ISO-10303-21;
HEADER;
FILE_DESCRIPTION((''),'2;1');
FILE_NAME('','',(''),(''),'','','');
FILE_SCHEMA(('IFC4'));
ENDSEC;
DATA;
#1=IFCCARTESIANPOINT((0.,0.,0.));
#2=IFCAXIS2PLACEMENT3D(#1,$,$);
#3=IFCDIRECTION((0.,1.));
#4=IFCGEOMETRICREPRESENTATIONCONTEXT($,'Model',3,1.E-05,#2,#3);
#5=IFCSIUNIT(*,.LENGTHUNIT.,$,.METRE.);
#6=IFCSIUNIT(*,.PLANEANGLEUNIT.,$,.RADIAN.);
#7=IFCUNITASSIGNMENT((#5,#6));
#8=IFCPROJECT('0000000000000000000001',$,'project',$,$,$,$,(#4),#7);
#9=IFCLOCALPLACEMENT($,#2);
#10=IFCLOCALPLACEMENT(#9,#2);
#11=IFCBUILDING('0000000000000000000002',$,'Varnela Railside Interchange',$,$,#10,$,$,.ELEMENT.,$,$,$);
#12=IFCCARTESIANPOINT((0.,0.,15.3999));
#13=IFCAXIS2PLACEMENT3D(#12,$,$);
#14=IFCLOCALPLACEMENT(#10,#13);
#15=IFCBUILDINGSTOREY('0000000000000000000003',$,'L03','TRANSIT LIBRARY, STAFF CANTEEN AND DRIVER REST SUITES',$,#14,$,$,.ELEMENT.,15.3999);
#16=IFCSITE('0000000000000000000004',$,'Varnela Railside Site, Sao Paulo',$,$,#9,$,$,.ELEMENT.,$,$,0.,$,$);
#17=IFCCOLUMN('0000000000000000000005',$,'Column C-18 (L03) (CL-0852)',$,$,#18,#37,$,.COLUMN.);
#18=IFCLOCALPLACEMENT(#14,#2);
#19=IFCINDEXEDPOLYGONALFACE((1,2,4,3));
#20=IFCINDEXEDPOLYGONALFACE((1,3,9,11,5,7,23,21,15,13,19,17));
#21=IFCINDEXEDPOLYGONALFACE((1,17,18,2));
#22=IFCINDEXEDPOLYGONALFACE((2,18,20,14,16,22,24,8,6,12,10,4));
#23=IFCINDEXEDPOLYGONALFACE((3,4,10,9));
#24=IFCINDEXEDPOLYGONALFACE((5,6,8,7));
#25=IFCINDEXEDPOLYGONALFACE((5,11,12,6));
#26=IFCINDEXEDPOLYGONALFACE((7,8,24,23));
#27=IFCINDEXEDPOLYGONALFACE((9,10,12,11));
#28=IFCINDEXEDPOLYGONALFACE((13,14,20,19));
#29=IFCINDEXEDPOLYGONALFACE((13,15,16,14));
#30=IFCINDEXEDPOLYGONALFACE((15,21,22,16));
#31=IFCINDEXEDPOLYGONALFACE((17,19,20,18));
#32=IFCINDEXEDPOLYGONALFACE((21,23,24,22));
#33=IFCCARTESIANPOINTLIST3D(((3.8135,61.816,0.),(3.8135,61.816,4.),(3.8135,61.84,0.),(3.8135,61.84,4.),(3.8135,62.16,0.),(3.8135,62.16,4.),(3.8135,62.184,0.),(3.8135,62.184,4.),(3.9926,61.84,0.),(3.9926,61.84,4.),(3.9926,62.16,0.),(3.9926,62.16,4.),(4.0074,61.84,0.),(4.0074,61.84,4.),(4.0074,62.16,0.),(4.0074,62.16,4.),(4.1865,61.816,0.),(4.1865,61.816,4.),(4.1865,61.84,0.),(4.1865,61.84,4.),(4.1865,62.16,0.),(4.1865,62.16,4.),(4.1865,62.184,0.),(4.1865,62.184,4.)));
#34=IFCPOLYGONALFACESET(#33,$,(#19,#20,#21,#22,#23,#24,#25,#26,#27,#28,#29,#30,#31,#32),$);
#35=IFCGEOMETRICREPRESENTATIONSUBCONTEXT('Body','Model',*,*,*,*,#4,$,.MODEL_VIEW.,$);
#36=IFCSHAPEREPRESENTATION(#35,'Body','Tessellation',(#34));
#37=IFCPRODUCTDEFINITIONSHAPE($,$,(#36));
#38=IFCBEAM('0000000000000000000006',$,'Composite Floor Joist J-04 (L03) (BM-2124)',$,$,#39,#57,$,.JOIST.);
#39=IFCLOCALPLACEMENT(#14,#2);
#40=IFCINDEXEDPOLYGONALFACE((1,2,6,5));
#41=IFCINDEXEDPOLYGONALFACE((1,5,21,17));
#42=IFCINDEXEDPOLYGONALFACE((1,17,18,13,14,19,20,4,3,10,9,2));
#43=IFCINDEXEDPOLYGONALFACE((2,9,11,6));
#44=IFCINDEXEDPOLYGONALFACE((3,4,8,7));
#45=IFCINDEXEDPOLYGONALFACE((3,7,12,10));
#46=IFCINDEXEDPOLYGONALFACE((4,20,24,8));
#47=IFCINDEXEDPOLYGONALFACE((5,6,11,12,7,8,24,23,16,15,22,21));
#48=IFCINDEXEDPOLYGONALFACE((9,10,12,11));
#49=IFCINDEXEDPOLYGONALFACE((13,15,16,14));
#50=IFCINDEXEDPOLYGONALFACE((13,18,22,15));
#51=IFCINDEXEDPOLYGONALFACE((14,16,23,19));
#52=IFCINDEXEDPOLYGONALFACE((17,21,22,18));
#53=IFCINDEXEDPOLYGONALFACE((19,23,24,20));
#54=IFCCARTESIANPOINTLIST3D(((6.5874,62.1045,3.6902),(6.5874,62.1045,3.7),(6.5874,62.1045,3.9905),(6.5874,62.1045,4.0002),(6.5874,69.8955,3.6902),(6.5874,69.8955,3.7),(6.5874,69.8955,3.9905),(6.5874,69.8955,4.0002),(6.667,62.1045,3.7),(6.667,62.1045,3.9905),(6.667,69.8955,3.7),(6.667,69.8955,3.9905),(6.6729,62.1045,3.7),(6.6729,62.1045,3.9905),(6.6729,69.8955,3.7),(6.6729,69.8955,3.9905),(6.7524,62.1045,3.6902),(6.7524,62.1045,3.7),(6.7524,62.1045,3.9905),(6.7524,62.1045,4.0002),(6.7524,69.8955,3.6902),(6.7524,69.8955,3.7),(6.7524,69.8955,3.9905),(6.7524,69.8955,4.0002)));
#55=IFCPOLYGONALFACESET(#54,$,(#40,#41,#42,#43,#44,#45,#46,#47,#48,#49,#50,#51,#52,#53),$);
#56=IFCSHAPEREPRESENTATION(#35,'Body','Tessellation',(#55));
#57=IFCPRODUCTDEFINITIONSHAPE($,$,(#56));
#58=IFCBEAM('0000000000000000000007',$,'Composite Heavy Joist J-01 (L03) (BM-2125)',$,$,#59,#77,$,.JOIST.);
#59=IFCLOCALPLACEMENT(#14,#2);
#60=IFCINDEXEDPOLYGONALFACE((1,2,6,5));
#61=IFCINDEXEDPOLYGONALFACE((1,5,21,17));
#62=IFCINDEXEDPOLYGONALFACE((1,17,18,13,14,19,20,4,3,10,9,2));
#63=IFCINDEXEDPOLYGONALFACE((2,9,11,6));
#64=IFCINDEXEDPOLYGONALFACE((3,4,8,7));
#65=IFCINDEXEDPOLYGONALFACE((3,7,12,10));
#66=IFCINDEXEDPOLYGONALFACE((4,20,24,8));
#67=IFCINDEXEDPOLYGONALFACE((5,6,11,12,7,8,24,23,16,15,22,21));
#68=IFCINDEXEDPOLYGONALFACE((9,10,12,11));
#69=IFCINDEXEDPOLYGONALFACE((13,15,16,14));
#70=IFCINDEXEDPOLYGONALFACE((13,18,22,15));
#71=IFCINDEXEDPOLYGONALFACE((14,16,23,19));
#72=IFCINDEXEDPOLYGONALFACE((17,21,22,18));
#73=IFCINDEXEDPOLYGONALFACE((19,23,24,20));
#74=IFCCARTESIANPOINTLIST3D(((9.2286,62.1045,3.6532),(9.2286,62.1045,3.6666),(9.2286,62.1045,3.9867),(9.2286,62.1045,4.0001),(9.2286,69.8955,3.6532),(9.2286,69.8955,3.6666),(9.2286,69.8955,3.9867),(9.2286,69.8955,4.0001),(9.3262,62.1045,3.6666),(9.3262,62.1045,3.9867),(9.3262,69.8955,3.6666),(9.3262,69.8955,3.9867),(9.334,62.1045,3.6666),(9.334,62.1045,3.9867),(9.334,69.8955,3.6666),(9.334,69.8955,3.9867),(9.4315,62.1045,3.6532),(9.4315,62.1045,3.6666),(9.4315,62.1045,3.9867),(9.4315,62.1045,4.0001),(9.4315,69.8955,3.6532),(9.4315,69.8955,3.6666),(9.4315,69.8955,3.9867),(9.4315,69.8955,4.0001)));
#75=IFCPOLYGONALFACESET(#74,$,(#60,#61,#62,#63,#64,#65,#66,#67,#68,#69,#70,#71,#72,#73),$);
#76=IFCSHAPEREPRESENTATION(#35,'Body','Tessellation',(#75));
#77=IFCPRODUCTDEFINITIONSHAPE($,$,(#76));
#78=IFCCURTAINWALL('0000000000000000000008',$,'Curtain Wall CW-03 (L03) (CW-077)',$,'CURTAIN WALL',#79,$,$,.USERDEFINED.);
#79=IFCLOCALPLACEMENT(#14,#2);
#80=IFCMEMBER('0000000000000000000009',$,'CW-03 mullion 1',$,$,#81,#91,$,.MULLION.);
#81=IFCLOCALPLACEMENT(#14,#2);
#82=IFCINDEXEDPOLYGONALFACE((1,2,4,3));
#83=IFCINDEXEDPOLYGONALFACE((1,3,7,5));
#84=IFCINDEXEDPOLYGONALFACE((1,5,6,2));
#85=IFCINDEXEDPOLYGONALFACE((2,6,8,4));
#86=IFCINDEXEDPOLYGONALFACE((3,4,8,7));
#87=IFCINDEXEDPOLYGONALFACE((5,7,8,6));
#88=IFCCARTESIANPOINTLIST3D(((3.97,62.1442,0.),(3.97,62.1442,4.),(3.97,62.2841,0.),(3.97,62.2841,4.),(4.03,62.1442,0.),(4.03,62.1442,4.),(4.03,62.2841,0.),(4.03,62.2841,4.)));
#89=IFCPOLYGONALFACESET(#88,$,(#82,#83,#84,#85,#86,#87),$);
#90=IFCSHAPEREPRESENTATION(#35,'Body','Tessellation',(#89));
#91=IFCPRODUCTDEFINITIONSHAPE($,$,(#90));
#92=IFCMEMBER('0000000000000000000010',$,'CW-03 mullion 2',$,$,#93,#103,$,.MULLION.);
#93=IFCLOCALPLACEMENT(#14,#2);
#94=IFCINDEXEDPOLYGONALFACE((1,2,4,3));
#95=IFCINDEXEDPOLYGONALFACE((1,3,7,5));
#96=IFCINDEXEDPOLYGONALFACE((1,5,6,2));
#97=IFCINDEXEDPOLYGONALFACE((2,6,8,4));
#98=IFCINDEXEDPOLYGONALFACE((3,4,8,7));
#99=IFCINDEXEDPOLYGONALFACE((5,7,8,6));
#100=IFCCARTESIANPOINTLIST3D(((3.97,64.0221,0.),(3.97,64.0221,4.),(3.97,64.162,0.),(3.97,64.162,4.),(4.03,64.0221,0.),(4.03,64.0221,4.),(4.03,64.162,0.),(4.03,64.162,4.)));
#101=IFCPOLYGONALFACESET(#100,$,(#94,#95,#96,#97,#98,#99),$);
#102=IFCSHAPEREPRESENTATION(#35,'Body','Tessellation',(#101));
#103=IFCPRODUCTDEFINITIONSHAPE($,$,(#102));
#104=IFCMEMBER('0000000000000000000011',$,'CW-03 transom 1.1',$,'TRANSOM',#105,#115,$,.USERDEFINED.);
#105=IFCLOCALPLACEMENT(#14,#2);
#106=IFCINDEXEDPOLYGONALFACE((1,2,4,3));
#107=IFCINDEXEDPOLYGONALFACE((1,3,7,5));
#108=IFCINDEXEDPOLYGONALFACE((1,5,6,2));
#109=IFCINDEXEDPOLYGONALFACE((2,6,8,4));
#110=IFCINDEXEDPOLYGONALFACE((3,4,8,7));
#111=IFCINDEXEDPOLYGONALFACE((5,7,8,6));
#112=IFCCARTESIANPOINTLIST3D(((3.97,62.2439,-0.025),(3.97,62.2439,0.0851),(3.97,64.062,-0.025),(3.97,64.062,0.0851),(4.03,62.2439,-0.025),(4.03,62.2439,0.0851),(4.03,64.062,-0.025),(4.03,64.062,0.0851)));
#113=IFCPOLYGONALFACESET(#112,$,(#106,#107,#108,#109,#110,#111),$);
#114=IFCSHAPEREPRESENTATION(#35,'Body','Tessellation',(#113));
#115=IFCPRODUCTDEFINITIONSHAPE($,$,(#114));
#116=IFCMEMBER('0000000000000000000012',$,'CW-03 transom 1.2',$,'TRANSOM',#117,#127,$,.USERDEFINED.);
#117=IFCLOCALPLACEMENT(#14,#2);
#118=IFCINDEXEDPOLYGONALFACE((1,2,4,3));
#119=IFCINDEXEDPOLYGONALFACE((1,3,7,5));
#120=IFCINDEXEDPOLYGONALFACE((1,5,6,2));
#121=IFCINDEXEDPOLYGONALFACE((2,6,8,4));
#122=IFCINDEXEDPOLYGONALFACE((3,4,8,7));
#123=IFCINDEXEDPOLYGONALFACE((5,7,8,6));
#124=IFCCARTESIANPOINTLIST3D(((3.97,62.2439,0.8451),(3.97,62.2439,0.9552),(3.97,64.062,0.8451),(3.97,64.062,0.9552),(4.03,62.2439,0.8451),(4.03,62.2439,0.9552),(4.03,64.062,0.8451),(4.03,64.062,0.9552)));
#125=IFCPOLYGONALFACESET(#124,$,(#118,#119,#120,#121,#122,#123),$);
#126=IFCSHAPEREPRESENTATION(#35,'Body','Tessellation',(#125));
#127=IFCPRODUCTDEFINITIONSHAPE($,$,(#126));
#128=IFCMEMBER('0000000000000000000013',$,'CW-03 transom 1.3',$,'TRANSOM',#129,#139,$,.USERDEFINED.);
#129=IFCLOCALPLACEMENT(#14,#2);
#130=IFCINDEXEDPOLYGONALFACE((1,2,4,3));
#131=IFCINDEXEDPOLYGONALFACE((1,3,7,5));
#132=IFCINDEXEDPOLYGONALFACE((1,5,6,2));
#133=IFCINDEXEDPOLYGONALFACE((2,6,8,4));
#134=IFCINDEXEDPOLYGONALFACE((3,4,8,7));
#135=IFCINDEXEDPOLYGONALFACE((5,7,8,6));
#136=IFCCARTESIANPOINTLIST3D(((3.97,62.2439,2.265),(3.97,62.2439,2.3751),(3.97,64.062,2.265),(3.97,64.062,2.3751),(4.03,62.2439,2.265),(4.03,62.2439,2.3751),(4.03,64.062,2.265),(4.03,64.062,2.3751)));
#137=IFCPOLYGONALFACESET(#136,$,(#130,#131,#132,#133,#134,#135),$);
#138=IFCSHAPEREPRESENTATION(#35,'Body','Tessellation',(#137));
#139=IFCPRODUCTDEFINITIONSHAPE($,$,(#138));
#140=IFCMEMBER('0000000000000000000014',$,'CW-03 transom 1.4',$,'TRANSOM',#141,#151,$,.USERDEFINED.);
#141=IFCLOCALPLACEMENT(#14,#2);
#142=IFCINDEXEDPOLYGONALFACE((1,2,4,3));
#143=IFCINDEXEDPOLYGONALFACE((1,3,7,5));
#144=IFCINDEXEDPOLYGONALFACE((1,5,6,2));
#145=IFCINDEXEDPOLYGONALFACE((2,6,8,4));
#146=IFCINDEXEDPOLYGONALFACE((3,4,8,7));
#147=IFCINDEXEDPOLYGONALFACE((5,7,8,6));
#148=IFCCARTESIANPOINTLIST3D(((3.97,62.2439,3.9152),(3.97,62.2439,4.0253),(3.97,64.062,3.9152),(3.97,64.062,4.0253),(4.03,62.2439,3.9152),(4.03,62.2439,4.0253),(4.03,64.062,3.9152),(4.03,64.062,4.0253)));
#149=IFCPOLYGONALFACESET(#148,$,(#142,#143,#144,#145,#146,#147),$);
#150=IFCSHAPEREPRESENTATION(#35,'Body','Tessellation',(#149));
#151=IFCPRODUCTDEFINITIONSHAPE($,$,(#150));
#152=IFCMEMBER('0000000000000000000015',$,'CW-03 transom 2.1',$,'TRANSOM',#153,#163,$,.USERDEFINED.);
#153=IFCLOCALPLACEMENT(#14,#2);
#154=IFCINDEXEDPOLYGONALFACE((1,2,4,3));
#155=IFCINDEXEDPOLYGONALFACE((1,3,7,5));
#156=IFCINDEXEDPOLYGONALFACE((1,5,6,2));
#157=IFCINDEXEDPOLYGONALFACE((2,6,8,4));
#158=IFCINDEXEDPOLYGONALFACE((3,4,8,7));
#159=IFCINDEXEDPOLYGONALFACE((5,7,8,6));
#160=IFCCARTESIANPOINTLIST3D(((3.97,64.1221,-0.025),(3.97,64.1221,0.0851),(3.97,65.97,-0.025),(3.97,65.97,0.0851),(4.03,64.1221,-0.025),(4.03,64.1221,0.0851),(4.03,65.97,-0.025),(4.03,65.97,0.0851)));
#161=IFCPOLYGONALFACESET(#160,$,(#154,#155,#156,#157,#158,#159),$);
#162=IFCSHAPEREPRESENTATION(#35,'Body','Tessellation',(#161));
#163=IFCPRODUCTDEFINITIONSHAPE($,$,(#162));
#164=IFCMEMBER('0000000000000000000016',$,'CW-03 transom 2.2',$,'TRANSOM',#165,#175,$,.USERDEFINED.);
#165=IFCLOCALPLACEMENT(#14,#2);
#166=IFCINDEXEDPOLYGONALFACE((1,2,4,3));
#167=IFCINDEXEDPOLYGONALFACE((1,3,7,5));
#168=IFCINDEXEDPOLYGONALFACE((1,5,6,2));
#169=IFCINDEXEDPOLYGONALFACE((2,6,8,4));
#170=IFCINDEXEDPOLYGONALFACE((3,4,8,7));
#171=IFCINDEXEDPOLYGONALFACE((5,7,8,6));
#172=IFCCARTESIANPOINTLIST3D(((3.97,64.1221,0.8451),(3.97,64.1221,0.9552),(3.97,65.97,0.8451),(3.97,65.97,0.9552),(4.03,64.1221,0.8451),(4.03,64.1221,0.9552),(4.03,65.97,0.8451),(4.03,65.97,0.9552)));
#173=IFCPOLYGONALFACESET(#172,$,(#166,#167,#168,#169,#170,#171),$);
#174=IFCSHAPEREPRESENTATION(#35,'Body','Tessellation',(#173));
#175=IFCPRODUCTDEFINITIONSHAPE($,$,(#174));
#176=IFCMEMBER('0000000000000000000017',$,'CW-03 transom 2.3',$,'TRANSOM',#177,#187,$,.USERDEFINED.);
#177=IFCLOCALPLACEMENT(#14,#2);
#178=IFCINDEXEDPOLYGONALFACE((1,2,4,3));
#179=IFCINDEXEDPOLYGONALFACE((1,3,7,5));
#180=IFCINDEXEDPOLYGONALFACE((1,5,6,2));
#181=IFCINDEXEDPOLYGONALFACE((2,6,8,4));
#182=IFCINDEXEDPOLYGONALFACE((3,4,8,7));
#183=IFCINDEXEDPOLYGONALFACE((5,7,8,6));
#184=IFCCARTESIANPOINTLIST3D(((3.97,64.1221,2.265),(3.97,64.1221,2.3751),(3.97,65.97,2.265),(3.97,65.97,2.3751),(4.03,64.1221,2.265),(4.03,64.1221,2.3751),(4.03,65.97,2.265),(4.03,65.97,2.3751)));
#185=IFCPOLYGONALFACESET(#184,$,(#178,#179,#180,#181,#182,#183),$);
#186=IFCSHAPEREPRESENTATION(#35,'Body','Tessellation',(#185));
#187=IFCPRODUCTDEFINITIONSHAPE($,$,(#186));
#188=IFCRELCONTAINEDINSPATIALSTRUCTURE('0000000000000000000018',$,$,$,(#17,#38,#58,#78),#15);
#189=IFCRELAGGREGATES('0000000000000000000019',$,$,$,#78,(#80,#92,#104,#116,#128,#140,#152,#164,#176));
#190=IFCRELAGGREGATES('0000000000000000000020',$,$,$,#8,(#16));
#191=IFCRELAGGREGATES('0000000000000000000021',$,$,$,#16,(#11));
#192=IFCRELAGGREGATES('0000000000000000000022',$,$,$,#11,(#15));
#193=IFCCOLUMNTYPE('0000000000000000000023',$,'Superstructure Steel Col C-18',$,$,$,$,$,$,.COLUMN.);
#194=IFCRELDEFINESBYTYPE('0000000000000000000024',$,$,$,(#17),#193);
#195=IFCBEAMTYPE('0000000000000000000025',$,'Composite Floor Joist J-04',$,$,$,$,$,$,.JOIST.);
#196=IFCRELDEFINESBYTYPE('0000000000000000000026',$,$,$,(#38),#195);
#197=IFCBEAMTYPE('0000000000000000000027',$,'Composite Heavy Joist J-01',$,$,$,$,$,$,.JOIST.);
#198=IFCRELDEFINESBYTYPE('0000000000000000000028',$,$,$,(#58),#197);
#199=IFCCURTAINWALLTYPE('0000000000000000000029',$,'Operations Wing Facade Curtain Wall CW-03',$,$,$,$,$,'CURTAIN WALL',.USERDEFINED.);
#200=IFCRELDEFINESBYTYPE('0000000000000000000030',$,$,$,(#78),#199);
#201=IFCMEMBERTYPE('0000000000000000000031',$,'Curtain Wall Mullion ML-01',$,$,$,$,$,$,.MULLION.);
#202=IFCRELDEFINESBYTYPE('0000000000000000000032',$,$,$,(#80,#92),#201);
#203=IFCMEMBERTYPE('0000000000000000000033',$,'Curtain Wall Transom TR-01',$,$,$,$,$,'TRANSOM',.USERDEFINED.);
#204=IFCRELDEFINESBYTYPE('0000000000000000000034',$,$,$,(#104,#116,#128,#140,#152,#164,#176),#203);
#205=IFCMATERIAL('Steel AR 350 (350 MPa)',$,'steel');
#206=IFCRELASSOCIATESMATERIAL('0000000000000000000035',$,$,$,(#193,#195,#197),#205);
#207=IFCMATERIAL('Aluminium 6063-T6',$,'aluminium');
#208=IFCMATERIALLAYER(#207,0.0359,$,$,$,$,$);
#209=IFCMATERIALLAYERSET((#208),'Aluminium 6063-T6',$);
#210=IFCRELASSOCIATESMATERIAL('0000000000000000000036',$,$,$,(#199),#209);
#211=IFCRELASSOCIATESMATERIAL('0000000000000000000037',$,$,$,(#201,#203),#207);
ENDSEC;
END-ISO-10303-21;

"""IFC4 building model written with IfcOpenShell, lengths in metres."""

from ifc_helpers import new_model, si_unit, direction, frame, origin, origin_2d, place, context, subcontext, project, spatial, rectangle, i_section, extrude, material, layer, layer_set, material_profile, profile_set, type_object, element, aggregate, save


model = new_model("IFC4")

# Units and contexts
model_context = context("Model", 3, precision=1e-05, world=origin(), true_north=direction((0.0, 1.0)))
body_context = subcontext(model_context, "Body", "Model", "MODEL_VIEW")
ifc_project = project(units=[si_unit("LENGTHUNIT", "METRE"), si_unit("PLANEANGLEUNIT", "RADIAN")], contexts=[model_context])

# Site, building, storey
site_placement = place(None, origin())
site = spatial("IfcSite", under=ifc_project, at=site_placement, Name="Varnela Railside Site, Sao Paulo", CompositionType="ELEMENT", RefElevation=0.0)
building_placement = place(site_placement, origin())
building = spatial("IfcBuilding", under=site, at=building_placement, Name="Varnela Railside Interchange", CompositionType="ELEMENT")
storey_placement = place(building_placement, frame((0.0, 0.0, 15.3999)))
storey = spatial("IfcBuildingStorey", under=building, at=storey_placement, Name="L03", Description="TRANSIT LIBRARY, STAFF CANTEEN AND DRIVER REST SUITES", CompositionType="ELEMENT", Elevation=15.3999)

# Column
ifc_material_1 = material(Name="Steel AR 350 (350 MPa)", Category="steel")
ifc_material_profile_1 = material_profile(ifc_material_1, i_section(OverallWidth=0.373, OverallDepth=0.3679, WebThickness=0.0149, FlangeThickness=0.0239, at=origin_2d()), Name="W360x179")
ifc_profile_set_1 = profile_set([ifc_material_profile_1], Name="Steel AR 350 (350 MPa)")
column_type = type_object("IfcColumnType", Name="Superstructure Steel Col C-18", PredefinedType="COLUMN", material=ifc_profile_set_1)
column_placement = place(storey_placement, frame((4.0, 62.0, 0.0), z_axis=(0.0, 0.0, 1.0), x_axis=(1.0, 0.0, 0.0)))
element("IfcColumn", 1, at=column_placement, inside=storey, type_object=column_type, Name="Column C-18 (L03) (CL-0852)", PredefinedType="COLUMN", context=body_context, shape_type="SweptSolid", body=[
    extrude(i_section(OverallWidth=0.373, OverallDepth=0.3679, WebThickness=0.0149, FlangeThickness=0.0239, at=origin_2d()), origin(), (0.0, 0.0, 1.0), 4.0),
])

# Beams
ifc_material_profile_2 = material_profile(ifc_material_1, i_section(OverallWidth=0.165, OverallDepth=0.3101, WebThickness=0.0059, FlangeThickness=0.0098, at=origin_2d()), Name="W310x38.7")
ifc_profile_set_2 = profile_set([ifc_material_profile_2], Name="Steel AR 350 (350 MPa)")
beam_type_1 = type_object("IfcBeamType", Name="Composite Floor Joist J-04", PredefinedType="JOIST", material=ifc_profile_set_2)
beam_1_placement = place(storey_placement, frame((6.6699, 62.1045, 3.8452), z_axis=(0.0, 1.0, 0.0), x_axis=(-1.0, 0.0, 0.0)))
element("IfcBeam", 2, at=beam_1_placement, inside=storey, type_object=beam_type_1, Name="Composite Floor Joist J-04 (L03) (BM-2124)", PredefinedType="JOIST", context=body_context, shape_type="SweptSolid", body=[
    extrude(i_section(OverallWidth=0.165, OverallDepth=0.3101, WebThickness=0.0059, FlangeThickness=0.0098, at=origin_2d()), origin(), (0.0, 0.0, 1.0), 7.791),
])
ifc_material_profile_3 = material_profile(ifc_material_1, i_section(OverallWidth=0.2029, OverallDepth=0.3469, WebThickness=0.0078, FlangeThickness=0.0134, at=origin_2d()), Name="W360x64")
ifc_profile_set_3 = profile_set([ifc_material_profile_3], Name="Steel AR 350 (350 MPa)")
beam_type_2 = type_object("IfcBeamType", Name="Composite Heavy Joist J-01", PredefinedType="JOIST", material=ifc_profile_set_3)
beam_2_placement = place(storey_placement, frame((9.3301, 62.1045, 3.8267), z_axis=(0.0, 1.0, 0.0), x_axis=(-1.0, 0.0, 0.0)))
element("IfcBeam", 3, at=beam_2_placement, inside=storey, type_object=beam_type_2, Name="Composite Heavy Joist J-01 (L03) (BM-2125)", PredefinedType="JOIST", context=body_context, shape_type="SweptSolid", body=[
    extrude(i_section(OverallWidth=0.2029, OverallDepth=0.3469, WebThickness=0.0078, FlangeThickness=0.0134, at=origin_2d()), origin(), (0.0, 0.0, 1.0), 7.791),
])

# Curtain wall, members
ifc_material_2 = material(Name="Aluminium 6063-T6", Category="aluminium")
ifc_layer_1 = layer(ifc_material_2, 0.0359)
ifc_layer_set_1 = layer_set([ifc_layer_1], Name="Aluminium 6063-T6")
curtain_wall_type = type_object("IfcCurtainWallType", Name="Operations Wing Facade Curtain Wall CW-03", ElementType="CURTAIN WALL", PredefinedType="USERDEFINED", material=ifc_layer_set_1)
curtain_wall_placement = place(storey_placement, origin())
curtain_wall = element("IfcCurtainWall", 4, at=curtain_wall_placement, inside=storey, type_object=curtain_wall_type, Name="Curtain Wall CW-03 (L03) (CW-077)", ObjectType="CURTAIN WALL", PredefinedType="USERDEFINED")
ifc_material_profile_4 = material_profile(ifc_material_2, rectangle(XDim=0.0601, YDim=0.1399, at=origin_2d()), Name="ALU 60x140")
ifc_profile_set_4 = profile_set([ifc_material_profile_4], Name="Aluminium 6063-T6")
member_type_1 = type_object("IfcMemberType", Name="Curtain Wall Mullion ML-01", PredefinedType="MULLION", material=ifc_profile_set_4)
member_1_placement = place(storey_placement, frame((4.0, 62.2141, 0.0), z_axis=(0.0, 0.0, 1.0), x_axis=(-1.0, 0.0, 0.0)))
member_1 = element("IfcMember", 5, at=member_1_placement, type_object=member_type_1, Name="CW-03 mullion 1", PredefinedType="MULLION", context=body_context, shape_type="SweptSolid", body=[
    extrude(rectangle(XDim=0.0601, YDim=0.1399, at=origin_2d()), origin(), (0.0, 0.0, 1.0), 4.0),
])
member_2_placement = place(storey_placement, frame((4.0, 64.092, 0.0), z_axis=(0.0, 0.0, 1.0), x_axis=(-1.0, 0.0, 0.0)))
member_2 = element("IfcMember", 6, at=member_2_placement, type_object=member_type_1, Name="CW-03 mullion 2", PredefinedType="MULLION", context=body_context, shape_type="SweptSolid", body=[
    extrude(rectangle(XDim=0.0601, YDim=0.1399, at=origin_2d()), origin(), (0.0, 0.0, 1.0), 4.0),
])
ifc_material_profile_5 = material_profile(ifc_material_2, rectangle(XDim=0.0601, YDim=0.1101, at=origin_2d()), Name="ALU 60x110")
ifc_profile_set_5 = profile_set([ifc_material_profile_5], Name="Aluminium 6063-T6")
member_type_2 = type_object("IfcMemberType", Name="Curtain Wall Transom TR-01", ElementType="TRANSOM", PredefinedType="USERDEFINED", material=ifc_profile_set_5)
member_3_placement = place(storey_placement, frame((4.0, 62.2439, 0.03), z_axis=(0.0, 1.0, 0.0), x_axis=(-1.0, 0.0, 0.0)))
member_3 = element("IfcMember", 7, at=member_3_placement, type_object=member_type_2, Name="CW-03 transom 1.1", ObjectType="TRANSOM", PredefinedType="USERDEFINED", context=body_context, shape_type="SweptSolid", body=[
    extrude(rectangle(XDim=0.0601, YDim=0.1101, at=origin_2d()), origin(), (0.0, 0.0, 1.0), 1.8181),
])
member_4_placement = place(storey_placement, frame((4.0, 62.2439, 0.9001), z_axis=(0.0, 1.0, 0.0), x_axis=(-1.0, 0.0, 0.0)))
member_4 = element("IfcMember", 8, at=member_4_placement, type_object=member_type_2, Name="CW-03 transom 1.2", ObjectType="TRANSOM", PredefinedType="USERDEFINED", context=body_context, shape_type="SweptSolid", body=[
    extrude(rectangle(XDim=0.0601, YDim=0.1101, at=origin_2d()), origin(), (0.0, 0.0, 1.0), 1.8181),
])
member_5_placement = place(storey_placement, frame((4.0, 62.2439, 2.3201), z_axis=(0.0, 1.0, 0.0), x_axis=(-1.0, 0.0, 0.0)))
member_5 = element("IfcMember", 9, at=member_5_placement, type_object=member_type_2, Name="CW-03 transom 1.3", ObjectType="TRANSOM", PredefinedType="USERDEFINED", context=body_context, shape_type="SweptSolid", body=[
    extrude(rectangle(XDim=0.0601, YDim=0.1101, at=origin_2d()), origin(), (0.0, 0.0, 1.0), 1.8181),
])
member_6_placement = place(storey_placement, frame((4.0, 62.2439, 3.9702), z_axis=(0.0, 1.0, 0.0), x_axis=(-1.0, 0.0, 0.0)))
member_6 = element("IfcMember", 10, at=member_6_placement, type_object=member_type_2, Name="CW-03 transom 1.4", ObjectType="TRANSOM", PredefinedType="USERDEFINED", context=body_context, shape_type="SweptSolid", body=[
    extrude(rectangle(XDim=0.0601, YDim=0.1101, at=origin_2d()), origin(), (0.0, 0.0, 1.0), 1.8181),
])
member_7_placement = place(storey_placement, frame((4.0, 64.1221, 0.03), z_axis=(0.0, 1.0, 0.0), x_axis=(-1.0, 0.0, 0.0)))
member_7 = element("IfcMember", 11, at=member_7_placement, type_object=member_type_2, Name="CW-03 transom 2.1", ObjectType="TRANSOM", PredefinedType="USERDEFINED", context=body_context, shape_type="SweptSolid", body=[
    extrude(rectangle(XDim=0.0601, YDim=0.1101, at=origin_2d()), origin(), (0.0, 0.0, 1.0), 1.8479),
])
member_8_placement = place(storey_placement, frame((4.0, 64.1221, 0.9001), z_axis=(0.0, 1.0, 0.0), x_axis=(-1.0, 0.0, 0.0)))
member_8 = element("IfcMember", 12, at=member_8_placement, type_object=member_type_2, Name="CW-03 transom 2.2", ObjectType="TRANSOM", PredefinedType="USERDEFINED", context=body_context, shape_type="SweptSolid", body=[
    extrude(rectangle(XDim=0.0601, YDim=0.1101, at=origin_2d()), origin(), (0.0, 0.0, 1.0), 1.8479),
])
member_9_placement = place(storey_placement, frame((4.0, 64.1221, 2.3201), z_axis=(0.0, 1.0, 0.0), x_axis=(-1.0, 0.0, 0.0)))
member_9 = element("IfcMember", 13, at=member_9_placement, type_object=member_type_2, Name="CW-03 transom 2.3", ObjectType="TRANSOM", PredefinedType="USERDEFINED", context=body_context, shape_type="SweptSolid", body=[
    extrude(rectangle(XDim=0.0601, YDim=0.1101, at=origin_2d()), origin(), (0.0, 0.0, 1.0), 1.8479),
])

aggregate(curtain_wall, [member_1, member_2, member_3, member_4, member_5, member_6, member_7, member_8, member_9])

save(model, "model.ifc")
